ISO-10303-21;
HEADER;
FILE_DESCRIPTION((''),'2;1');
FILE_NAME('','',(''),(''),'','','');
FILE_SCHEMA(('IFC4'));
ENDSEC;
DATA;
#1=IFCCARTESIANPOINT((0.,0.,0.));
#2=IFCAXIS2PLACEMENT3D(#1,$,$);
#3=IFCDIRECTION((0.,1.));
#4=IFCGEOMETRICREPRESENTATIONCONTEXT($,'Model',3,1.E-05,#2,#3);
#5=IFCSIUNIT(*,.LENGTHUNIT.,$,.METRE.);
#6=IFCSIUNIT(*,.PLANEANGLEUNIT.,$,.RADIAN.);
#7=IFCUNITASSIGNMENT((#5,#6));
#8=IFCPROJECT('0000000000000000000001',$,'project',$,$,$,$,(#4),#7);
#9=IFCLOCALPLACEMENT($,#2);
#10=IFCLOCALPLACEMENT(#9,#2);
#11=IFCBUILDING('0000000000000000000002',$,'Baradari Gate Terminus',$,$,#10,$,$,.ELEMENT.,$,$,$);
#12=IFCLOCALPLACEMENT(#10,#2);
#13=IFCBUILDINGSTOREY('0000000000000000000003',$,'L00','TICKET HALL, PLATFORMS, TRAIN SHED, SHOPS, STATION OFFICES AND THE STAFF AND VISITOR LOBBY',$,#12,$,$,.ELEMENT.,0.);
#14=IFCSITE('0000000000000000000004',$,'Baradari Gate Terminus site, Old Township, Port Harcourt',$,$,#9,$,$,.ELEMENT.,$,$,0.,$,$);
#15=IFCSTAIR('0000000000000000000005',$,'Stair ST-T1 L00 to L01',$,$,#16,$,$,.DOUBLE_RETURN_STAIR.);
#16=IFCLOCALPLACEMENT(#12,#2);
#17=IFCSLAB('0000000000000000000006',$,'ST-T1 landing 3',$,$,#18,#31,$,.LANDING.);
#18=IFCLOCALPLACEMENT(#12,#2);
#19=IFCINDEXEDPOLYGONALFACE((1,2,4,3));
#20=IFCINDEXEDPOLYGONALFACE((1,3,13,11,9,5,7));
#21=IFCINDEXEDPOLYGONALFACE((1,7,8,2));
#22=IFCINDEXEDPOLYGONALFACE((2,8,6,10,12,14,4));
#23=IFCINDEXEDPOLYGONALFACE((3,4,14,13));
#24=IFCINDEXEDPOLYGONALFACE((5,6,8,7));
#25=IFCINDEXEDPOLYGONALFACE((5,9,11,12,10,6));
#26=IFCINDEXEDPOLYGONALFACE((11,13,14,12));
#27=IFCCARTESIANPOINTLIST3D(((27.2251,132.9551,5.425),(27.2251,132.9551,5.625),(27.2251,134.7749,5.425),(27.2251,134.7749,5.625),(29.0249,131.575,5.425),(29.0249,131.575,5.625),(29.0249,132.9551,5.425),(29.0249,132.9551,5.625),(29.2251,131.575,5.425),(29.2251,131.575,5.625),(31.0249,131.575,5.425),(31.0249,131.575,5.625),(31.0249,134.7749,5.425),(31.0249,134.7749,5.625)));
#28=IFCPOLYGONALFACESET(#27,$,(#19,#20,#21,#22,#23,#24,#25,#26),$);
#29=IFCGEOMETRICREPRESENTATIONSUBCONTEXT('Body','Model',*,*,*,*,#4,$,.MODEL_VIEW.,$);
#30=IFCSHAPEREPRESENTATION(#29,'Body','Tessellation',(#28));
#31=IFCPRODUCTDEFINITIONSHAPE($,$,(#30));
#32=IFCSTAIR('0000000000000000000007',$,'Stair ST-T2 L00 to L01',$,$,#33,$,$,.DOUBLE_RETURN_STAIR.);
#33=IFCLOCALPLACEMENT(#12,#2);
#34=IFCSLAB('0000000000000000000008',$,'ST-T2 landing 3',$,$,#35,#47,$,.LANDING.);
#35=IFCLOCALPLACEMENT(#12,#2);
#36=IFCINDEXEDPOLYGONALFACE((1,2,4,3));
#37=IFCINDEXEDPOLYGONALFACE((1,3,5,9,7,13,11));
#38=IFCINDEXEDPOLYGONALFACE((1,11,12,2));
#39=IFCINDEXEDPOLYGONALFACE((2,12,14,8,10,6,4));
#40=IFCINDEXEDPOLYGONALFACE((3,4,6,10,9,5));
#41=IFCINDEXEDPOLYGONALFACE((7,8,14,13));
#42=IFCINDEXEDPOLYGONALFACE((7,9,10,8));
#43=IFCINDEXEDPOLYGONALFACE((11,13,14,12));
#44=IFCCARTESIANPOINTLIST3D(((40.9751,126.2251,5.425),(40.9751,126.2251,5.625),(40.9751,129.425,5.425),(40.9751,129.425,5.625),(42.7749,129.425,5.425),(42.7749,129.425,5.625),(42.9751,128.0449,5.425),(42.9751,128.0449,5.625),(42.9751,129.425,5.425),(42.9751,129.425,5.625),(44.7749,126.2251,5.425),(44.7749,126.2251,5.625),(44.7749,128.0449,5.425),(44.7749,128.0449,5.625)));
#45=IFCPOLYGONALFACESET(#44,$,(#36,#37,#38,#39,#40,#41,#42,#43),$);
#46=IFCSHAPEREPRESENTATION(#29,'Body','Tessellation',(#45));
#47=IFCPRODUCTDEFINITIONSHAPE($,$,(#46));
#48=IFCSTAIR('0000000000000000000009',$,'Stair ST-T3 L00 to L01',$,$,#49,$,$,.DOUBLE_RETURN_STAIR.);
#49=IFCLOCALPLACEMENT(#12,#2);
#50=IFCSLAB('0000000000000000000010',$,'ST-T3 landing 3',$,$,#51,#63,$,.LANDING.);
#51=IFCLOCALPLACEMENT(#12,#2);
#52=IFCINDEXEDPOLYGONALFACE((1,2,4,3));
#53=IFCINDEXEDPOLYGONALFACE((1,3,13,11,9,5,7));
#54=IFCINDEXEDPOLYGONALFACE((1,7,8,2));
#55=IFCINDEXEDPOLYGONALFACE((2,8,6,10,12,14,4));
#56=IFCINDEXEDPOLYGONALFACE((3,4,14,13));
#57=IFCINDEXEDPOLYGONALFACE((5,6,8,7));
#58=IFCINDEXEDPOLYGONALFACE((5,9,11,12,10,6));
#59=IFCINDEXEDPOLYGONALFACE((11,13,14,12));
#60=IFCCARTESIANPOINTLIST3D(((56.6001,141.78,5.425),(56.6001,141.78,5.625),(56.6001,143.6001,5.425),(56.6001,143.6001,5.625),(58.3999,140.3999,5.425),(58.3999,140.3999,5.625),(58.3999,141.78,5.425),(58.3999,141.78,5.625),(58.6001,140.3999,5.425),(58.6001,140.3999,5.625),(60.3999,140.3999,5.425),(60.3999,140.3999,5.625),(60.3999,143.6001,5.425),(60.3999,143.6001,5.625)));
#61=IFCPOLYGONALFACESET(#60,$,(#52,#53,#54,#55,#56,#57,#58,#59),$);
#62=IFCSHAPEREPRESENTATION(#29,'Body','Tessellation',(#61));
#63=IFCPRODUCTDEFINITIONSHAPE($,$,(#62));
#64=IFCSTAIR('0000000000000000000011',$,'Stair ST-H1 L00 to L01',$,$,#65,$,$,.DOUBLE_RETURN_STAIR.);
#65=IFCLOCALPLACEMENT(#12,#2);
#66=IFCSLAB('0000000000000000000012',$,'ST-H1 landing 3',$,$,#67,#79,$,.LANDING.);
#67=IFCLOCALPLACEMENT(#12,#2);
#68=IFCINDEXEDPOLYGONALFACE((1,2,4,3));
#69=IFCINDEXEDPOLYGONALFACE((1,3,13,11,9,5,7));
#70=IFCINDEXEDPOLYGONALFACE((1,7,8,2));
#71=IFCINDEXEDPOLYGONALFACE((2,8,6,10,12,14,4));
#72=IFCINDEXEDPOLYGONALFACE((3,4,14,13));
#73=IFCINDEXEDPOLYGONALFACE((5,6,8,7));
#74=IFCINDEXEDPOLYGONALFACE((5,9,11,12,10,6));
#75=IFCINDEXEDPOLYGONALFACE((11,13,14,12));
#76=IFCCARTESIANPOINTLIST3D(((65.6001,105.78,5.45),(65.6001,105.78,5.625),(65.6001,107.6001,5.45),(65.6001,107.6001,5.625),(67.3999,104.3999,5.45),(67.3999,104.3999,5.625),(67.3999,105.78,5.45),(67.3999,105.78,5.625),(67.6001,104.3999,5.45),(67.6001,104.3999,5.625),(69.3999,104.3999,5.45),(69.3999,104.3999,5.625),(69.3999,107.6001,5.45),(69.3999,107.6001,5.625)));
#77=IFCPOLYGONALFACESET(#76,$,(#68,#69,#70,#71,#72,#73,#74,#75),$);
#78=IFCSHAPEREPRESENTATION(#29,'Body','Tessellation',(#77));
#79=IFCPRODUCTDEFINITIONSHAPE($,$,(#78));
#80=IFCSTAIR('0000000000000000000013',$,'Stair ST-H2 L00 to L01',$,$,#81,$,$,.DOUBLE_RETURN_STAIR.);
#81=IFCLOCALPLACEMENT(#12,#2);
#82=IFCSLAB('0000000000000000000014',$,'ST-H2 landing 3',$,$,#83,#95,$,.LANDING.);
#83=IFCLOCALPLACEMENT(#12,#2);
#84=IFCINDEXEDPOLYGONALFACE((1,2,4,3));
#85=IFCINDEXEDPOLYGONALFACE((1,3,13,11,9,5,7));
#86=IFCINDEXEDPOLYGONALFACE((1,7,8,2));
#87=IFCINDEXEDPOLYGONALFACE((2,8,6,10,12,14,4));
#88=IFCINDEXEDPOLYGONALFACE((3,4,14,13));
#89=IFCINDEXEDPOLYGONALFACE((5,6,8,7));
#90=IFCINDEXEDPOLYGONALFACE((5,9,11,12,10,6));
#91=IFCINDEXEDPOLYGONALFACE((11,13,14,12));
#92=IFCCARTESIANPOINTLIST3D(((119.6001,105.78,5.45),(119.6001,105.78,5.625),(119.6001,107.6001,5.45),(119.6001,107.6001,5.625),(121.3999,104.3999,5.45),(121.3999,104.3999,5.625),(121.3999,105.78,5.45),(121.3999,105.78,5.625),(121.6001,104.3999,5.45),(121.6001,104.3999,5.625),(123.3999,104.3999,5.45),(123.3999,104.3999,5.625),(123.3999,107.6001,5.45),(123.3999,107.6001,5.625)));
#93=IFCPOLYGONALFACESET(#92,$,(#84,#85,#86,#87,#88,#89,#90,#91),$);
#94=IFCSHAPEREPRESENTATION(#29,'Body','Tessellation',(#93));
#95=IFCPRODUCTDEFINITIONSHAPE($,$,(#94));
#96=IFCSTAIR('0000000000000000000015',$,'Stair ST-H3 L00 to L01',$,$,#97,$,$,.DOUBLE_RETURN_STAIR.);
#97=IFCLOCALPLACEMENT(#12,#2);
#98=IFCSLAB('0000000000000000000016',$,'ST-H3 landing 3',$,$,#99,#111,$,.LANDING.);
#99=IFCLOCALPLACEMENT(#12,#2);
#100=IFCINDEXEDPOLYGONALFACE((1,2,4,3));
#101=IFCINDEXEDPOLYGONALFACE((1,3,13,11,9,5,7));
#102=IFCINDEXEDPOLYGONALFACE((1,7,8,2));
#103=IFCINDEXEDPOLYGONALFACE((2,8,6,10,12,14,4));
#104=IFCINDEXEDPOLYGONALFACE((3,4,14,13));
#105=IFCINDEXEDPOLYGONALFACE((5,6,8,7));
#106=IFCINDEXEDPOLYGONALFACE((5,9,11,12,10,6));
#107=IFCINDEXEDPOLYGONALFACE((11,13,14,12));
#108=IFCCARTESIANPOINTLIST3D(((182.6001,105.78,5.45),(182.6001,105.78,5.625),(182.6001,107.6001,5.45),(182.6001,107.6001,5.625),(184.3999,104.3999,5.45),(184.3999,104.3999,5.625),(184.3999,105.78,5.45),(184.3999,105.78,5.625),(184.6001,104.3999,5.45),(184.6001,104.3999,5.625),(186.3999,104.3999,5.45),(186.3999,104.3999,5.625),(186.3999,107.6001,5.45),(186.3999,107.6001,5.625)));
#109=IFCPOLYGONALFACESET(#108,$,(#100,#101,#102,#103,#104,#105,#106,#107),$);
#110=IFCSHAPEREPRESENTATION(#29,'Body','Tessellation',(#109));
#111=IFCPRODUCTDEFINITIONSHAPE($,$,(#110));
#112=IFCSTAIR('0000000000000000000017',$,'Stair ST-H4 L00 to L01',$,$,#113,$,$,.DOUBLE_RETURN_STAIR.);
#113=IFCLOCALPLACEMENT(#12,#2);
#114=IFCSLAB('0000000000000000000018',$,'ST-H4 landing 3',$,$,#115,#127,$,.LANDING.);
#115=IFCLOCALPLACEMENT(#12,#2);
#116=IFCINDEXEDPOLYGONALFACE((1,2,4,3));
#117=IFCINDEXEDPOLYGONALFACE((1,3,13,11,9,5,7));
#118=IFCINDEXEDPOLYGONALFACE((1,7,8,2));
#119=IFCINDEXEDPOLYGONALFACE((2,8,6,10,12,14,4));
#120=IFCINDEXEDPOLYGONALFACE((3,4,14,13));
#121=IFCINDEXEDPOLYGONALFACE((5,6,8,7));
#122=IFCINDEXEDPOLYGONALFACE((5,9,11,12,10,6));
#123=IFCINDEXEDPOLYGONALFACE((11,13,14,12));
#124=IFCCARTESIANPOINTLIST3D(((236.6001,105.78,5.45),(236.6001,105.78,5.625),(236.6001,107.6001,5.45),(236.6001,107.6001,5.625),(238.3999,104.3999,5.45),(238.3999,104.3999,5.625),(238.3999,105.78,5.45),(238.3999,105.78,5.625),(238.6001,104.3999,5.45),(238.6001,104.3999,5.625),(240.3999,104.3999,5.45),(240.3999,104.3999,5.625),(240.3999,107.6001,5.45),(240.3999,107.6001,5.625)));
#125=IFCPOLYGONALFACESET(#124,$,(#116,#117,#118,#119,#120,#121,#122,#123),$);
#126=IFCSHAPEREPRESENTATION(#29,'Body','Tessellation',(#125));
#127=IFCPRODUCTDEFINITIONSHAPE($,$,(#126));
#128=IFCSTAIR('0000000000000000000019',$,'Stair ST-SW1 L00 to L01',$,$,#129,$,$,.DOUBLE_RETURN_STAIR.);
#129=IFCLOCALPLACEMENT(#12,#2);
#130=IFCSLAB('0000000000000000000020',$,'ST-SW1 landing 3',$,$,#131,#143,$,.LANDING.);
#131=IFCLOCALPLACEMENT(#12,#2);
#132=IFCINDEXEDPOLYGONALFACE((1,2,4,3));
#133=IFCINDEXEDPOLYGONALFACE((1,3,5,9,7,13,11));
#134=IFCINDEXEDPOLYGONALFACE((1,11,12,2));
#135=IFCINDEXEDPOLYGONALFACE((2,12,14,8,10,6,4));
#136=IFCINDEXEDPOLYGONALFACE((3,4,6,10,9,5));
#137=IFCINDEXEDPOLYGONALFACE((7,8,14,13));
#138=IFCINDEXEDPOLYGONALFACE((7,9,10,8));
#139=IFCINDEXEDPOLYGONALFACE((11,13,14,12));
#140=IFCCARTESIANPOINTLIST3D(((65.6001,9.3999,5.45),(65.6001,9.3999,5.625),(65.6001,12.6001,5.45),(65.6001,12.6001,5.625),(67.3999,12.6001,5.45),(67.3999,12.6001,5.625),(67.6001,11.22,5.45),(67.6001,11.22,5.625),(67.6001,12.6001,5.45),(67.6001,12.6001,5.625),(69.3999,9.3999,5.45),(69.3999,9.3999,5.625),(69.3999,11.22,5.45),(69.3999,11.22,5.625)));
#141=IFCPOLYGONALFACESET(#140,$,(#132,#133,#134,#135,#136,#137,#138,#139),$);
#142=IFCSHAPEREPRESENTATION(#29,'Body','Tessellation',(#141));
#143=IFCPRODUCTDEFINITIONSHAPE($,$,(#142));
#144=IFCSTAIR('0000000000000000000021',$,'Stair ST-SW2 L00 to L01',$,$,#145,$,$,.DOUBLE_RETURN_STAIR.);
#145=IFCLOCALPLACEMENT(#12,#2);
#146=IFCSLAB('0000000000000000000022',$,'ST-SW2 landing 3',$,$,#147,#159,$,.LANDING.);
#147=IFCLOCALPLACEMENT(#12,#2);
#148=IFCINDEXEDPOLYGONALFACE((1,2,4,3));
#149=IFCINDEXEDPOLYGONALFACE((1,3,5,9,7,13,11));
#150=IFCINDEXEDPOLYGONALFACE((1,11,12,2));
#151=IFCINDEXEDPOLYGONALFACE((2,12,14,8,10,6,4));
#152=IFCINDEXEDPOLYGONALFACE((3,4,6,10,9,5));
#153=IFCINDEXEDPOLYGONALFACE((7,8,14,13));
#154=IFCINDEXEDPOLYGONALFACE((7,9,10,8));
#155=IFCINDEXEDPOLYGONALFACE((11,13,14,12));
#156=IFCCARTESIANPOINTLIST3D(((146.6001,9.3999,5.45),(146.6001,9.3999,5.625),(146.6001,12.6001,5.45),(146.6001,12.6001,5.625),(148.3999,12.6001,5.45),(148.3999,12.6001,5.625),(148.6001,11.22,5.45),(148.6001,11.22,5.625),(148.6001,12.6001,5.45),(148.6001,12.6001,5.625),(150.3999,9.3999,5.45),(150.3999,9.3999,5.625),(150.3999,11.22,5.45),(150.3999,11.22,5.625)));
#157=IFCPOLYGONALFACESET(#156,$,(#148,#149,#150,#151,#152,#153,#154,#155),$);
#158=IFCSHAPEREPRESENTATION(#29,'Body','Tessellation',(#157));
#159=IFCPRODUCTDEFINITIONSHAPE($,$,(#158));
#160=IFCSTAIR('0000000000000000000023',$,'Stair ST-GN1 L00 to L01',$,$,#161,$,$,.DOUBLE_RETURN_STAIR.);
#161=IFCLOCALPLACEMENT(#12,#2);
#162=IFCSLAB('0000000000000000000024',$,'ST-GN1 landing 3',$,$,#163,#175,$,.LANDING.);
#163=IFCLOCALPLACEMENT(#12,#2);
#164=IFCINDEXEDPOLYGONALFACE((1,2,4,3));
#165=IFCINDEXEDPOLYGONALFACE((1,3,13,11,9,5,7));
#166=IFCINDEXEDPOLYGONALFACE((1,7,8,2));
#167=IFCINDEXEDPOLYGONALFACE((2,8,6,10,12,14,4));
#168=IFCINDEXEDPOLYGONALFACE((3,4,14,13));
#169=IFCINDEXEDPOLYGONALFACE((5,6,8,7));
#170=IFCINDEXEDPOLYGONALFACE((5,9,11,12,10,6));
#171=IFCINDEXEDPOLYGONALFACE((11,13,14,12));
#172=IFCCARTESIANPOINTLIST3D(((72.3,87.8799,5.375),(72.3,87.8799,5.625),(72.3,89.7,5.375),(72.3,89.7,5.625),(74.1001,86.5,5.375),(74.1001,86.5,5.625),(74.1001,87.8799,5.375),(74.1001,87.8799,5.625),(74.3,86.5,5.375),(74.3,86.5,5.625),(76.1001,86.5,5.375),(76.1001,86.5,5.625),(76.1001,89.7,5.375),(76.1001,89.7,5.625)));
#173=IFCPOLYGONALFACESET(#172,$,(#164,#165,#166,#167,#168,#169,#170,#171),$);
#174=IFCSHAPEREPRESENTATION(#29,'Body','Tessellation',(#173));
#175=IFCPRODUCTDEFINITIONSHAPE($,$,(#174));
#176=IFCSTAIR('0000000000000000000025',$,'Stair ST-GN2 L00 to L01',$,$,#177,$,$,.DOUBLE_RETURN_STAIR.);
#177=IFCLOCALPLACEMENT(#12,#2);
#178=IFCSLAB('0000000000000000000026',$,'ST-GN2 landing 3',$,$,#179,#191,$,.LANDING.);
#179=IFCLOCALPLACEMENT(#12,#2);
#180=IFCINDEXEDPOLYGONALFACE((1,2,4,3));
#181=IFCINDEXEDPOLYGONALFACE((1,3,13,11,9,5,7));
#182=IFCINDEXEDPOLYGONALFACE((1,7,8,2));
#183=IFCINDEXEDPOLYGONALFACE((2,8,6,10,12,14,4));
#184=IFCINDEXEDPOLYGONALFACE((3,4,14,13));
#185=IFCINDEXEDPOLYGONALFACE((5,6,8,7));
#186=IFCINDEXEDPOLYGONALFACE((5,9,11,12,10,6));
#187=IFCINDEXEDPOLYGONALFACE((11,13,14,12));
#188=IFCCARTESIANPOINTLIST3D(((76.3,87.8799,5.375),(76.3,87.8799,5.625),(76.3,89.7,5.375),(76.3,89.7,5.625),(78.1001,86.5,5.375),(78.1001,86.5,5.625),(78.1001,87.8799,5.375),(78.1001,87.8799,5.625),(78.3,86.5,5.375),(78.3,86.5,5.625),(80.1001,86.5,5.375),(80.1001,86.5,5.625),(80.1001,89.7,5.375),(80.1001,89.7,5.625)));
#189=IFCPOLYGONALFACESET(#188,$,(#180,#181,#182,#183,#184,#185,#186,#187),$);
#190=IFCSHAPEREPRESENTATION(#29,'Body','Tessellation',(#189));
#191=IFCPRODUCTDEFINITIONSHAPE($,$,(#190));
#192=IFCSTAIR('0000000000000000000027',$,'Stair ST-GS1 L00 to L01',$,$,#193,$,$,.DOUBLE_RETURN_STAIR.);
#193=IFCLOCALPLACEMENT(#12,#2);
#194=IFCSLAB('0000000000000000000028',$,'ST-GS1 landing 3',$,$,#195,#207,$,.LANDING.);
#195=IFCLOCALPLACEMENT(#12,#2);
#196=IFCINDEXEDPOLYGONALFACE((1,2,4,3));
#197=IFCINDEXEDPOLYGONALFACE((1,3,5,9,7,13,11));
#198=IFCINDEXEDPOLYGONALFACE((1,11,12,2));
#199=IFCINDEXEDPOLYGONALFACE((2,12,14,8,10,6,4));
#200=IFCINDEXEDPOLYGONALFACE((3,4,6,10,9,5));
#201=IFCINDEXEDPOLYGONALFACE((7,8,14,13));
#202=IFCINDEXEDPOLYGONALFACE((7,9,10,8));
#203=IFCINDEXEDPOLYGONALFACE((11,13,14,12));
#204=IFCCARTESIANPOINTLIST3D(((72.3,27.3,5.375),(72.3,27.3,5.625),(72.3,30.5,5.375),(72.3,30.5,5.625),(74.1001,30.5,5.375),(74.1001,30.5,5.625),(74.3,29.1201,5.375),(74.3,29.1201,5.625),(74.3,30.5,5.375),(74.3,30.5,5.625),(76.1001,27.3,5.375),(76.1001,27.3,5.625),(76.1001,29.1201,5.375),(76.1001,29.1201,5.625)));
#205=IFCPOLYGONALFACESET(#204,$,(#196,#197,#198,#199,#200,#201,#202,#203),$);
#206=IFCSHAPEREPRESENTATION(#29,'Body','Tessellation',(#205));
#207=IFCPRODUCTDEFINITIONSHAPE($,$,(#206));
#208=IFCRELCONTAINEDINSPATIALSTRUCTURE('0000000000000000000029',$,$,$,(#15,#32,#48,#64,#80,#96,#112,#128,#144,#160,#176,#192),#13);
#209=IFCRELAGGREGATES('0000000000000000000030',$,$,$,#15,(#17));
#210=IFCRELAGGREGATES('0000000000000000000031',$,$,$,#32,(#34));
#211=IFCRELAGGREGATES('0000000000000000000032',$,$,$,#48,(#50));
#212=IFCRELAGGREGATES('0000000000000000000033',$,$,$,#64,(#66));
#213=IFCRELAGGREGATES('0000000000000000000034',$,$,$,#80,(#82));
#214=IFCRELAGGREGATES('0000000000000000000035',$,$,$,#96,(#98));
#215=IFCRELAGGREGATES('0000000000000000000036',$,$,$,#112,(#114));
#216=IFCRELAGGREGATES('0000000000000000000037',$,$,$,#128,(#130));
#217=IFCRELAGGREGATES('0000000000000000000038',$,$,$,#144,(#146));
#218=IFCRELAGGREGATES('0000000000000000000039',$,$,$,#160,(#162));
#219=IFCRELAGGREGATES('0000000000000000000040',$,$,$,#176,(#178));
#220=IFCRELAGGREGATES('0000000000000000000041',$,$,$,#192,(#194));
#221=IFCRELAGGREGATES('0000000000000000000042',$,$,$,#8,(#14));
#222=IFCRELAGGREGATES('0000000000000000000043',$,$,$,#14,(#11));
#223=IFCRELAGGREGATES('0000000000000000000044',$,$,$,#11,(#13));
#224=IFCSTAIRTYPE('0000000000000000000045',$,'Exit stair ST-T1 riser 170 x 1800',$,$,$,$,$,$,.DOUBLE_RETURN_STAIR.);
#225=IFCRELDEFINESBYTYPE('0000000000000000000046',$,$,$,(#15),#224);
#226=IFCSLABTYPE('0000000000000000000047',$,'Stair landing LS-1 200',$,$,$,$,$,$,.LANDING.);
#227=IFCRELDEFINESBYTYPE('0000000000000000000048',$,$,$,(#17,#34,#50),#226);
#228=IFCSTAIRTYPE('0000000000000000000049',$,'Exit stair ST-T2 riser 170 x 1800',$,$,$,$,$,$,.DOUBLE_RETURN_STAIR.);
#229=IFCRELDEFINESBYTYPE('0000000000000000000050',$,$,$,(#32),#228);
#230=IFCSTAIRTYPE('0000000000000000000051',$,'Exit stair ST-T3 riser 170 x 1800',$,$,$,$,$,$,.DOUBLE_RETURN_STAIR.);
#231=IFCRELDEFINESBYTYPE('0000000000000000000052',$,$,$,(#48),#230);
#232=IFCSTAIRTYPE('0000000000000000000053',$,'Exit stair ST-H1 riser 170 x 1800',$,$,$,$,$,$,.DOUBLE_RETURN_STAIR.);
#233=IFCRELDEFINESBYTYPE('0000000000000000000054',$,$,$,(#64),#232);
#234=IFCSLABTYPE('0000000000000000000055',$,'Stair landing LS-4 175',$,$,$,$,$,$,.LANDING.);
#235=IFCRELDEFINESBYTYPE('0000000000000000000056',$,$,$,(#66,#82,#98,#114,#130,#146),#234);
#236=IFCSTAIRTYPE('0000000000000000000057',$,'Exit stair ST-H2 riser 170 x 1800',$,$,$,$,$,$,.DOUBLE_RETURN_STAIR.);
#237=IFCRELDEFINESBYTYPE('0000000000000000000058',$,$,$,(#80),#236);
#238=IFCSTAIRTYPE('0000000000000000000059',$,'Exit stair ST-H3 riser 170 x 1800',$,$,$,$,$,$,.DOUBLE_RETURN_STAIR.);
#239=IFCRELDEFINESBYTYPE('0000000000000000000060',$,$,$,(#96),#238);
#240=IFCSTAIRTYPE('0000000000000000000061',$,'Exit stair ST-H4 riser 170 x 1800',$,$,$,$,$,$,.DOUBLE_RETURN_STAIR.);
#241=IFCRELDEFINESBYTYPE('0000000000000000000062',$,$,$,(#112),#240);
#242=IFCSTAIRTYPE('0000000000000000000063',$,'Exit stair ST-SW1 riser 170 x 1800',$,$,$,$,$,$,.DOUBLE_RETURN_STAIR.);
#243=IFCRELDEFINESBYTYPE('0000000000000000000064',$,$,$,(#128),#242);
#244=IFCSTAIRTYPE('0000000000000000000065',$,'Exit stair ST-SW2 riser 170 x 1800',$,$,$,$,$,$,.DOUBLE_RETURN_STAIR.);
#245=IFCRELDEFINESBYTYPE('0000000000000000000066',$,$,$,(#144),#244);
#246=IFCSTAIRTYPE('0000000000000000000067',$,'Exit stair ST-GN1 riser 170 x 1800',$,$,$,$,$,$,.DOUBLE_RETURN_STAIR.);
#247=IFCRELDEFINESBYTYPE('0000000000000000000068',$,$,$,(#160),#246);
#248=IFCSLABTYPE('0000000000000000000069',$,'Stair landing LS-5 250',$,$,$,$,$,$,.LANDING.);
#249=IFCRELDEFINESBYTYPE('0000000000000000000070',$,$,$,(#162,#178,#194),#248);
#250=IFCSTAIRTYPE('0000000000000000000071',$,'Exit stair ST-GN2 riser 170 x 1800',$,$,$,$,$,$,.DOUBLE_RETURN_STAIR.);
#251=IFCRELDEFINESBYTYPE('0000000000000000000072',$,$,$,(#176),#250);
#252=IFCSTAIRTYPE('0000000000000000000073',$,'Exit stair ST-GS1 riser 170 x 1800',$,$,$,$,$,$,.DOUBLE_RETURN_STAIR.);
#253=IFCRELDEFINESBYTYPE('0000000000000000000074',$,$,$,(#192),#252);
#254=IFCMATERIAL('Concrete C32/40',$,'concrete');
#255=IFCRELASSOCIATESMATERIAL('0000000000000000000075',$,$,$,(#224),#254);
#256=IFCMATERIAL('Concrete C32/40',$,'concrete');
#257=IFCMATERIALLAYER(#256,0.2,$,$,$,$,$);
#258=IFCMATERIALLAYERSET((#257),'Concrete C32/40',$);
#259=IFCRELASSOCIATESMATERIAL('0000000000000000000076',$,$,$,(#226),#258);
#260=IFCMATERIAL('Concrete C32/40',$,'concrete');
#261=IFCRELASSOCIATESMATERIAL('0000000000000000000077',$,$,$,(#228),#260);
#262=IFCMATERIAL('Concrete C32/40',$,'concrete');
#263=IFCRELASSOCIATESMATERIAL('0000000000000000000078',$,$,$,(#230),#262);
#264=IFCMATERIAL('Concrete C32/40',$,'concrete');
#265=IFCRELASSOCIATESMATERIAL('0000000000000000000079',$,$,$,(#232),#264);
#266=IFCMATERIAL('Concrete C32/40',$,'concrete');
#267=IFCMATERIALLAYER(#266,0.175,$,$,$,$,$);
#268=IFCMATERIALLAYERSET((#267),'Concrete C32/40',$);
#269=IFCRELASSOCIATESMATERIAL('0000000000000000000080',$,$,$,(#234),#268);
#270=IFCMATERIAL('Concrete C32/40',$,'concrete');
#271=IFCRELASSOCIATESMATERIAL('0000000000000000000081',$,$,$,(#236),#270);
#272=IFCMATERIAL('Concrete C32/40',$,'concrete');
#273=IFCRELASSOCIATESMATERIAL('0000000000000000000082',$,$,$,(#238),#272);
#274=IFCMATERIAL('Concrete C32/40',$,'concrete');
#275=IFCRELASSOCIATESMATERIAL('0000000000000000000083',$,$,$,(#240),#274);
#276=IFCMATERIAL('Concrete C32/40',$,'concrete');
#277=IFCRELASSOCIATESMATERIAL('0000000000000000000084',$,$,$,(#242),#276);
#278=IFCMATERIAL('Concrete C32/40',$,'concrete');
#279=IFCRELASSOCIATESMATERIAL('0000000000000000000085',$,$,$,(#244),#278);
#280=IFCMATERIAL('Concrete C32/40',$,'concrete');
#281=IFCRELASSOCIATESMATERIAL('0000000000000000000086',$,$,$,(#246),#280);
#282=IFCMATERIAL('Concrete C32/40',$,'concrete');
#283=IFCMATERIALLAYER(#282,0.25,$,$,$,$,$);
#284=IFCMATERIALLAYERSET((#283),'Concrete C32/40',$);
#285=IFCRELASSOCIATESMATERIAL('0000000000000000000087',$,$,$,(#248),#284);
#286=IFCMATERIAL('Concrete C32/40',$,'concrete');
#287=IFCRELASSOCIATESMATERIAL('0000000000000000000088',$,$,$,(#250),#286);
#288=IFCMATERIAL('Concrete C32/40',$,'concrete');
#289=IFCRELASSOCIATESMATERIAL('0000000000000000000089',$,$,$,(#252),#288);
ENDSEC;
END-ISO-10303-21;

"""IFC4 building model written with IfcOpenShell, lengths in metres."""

from ifc_helpers import new_model, si_unit, direction, frame, origin, place, context, subcontext, project, spatial, polyline, outline, extrude, material, layer, layer_set, type_object, element, aggregate, save


model = new_model("IFC4")

# Units and contexts
model_context = context("Model", 3, precision=1e-05, world=origin(), true_north=direction((0.0, 1.0)))
body_context = subcontext(model_context, "Body", "Model", "MODEL_VIEW")
ifc_project = project(units=[si_unit("LENGTHUNIT", "METRE"), si_unit("PLANEANGLEUNIT", "RADIAN")], contexts=[model_context])

# Site, building, storey
site_placement = place(None, origin())
site = spatial("IfcSite", under=ifc_project, at=site_placement, Name="Baradari Gate Terminus site, Old Township, Port Harcourt", CompositionType="ELEMENT", RefElevation=0.0)
building_placement = place(site_placement, origin())
building = spatial("IfcBuilding", under=site, at=building_placement, Name="Baradari Gate Terminus", CompositionType="ELEMENT")
storey_placement = place(building_placement, origin())
storey = spatial("IfcBuildingStorey", under=building, at=storey_placement, Name="L00", Description="TICKET HALL, PLATFORMS, TRAIN SHED, SHOPS, STATION OFFICES AND THE STAFF AND VISITOR LOBBY", CompositionType="ELEMENT", Elevation=0.0)

# Stairs, slabs
ifc_material_1 = material(Name="Concrete C32/40", Category="concrete")
stair_type_1 = type_object("IfcStairType", Name="Exit stair ST-T1 riser 170 x 1800", PredefinedType="DOUBLE_RETURN_STAIR", material=ifc_material_1)
stair_1_placement = place(storey_placement, origin())
stair_1 = element("IfcStair", 1, at=stair_1_placement, inside=storey, type_object=stair_type_1, Name="Stair ST-T1 L00 to L01", PredefinedType="DOUBLE_RETURN_STAIR")
ifc_material_2 = material(Name="Concrete C32/40", Category="concrete")
ifc_layer_1 = layer(ifc_material_2, 0.2)
ifc_layer_set_1 = layer_set([ifc_layer_1], Name="Concrete C32/40")
slab_type_1 = type_object("IfcSlabType", Name="Stair landing LS-1 200", PredefinedType="LANDING", material=ifc_layer_set_1)
slab_1_placement = place(storey_placement, frame((0.0, 0.0, 5.425)))
slab_1 = element("IfcSlab", 2, at=slab_1_placement, type_object=slab_type_1, Name="ST-T1 landing 3", PredefinedType="LANDING", context=body_context, shape_type="SweptSolid", body=[
    extrude(outline(polyline([(27.2251, 134.7749), (27.2251, 132.9551), (29.0249, 132.9551), (29.0249, 131.575), (29.2251, 131.575), (31.0249, 131.575), (31.0249, 134.7749), (27.2251, 134.7749)])), origin(), (0.0, 0.0, 1.0), 0.2),
])
aggregate(stair_1, [slab_1])
ifc_material_3 = material(Name="Concrete C32/40", Category="concrete")
stair_type_2 = type_object("IfcStairType", Name="Exit stair ST-T2 riser 170 x 1800", PredefinedType="DOUBLE_RETURN_STAIR", material=ifc_material_3)
stair_2_placement = place(storey_placement, origin())
stair_2 = element("IfcStair", 3, at=stair_2_placement, inside=storey, type_object=stair_type_2, Name="Stair ST-T2 L00 to L01", PredefinedType="DOUBLE_RETURN_STAIR")
slab_2_placement = place(storey_placement, frame((0.0, 0.0, 5.425)))
slab_2 = element("IfcSlab", 4, at=slab_2_placement, type_object=slab_type_1, Name="ST-T2 landing 3", PredefinedType="LANDING", context=body_context, shape_type="SweptSolid", body=[
    extrude(outline(polyline([(44.7749, 126.2251), (44.7749, 128.0449), (42.9751, 128.0449), (42.9751, 129.425), (42.7749, 129.425), (40.9751, 129.425), (40.9751, 126.2251), (44.7749, 126.2251)])), origin(), (0.0, 0.0, 1.0), 0.2),
])
aggregate(stair_2, [slab_2])
ifc_material_4 = material(Name="Concrete C32/40", Category="concrete")
stair_type_3 = type_object("IfcStairType", Name="Exit stair ST-T3 riser 170 x 1800", PredefinedType="DOUBLE_RETURN_STAIR", material=ifc_material_4)
stair_3_placement = place(storey_placement, origin())
stair_3 = element("IfcStair", 5, at=stair_3_placement, inside=storey, type_object=stair_type_3, Name="Stair ST-T3 L00 to L01", PredefinedType="DOUBLE_RETURN_STAIR")
slab_3_placement = place(storey_placement, frame((0.0, 0.0, 5.425)))
slab_3 = element("IfcSlab", 6, at=slab_3_placement, type_object=slab_type_1, Name="ST-T3 landing 3", PredefinedType="LANDING", context=body_context, shape_type="SweptSolid", body=[
    extrude(outline(polyline([(56.6001, 143.6001), (56.6001, 141.78), (58.3999, 141.78), (58.3999, 140.3999), (58.6001, 140.3999), (60.3999, 140.3999), (60.3999, 143.6001), (56.6001, 143.6001)])), origin(), (0.0, 0.0, 1.0), 0.2),
])
aggregate(stair_3, [slab_3])
ifc_material_5 = material(Name="Concrete C32/40", Category="concrete")
stair_type_4 = type_object("IfcStairType", Name="Exit stair ST-H1 riser 170 x 1800", PredefinedType="DOUBLE_RETURN_STAIR", material=ifc_material_5)
stair_4_placement = place(storey_placement, origin())
stair_4 = element("IfcStair", 7, at=stair_4_placement, inside=storey, type_object=stair_type_4, Name="Stair ST-H1 L00 to L01", PredefinedType="DOUBLE_RETURN_STAIR")
ifc_material_6 = material(Name="Concrete C32/40", Category="concrete")
ifc_layer_2 = layer(ifc_material_6, 0.175)
ifc_layer_set_2 = layer_set([ifc_layer_2], Name="Concrete C32/40")
slab_type_2 = type_object("IfcSlabType", Name="Stair landing LS-4 175", PredefinedType="LANDING", material=ifc_layer_set_2)
slab_4_placement = place(storey_placement, frame((0.0, 0.0, 5.45)))
slab_4 = element("IfcSlab", 8, at=slab_4_placement, type_object=slab_type_2, Name="ST-H1 landing 3", PredefinedType="LANDING", context=body_context, shape_type="SweptSolid", body=[
    extrude(outline(polyline([(65.6001, 107.6001), (65.6001, 105.78), (67.3999, 105.78), (67.3999, 104.3999), (67.6001, 104.3999), (69.3999, 104.3999), (69.3999, 107.6001), (65.6001, 107.6001)])), origin(), (0.0, 0.0, 1.0), 0.175),
])
aggregate(stair_4, [slab_4])
ifc_material_7 = material(Name="Concrete C32/40", Category="concrete")
stair_type_5 = type_object("IfcStairType", Name="Exit stair ST-H2 riser 170 x 1800", PredefinedType="DOUBLE_RETURN_STAIR", material=ifc_material_7)
stair_5_placement = place(storey_placement, origin())
stair_5 = element("IfcStair", 9, at=stair_5_placement, inside=storey, type_object=stair_type_5, Name="Stair ST-H2 L00 to L01", PredefinedType="DOUBLE_RETURN_STAIR")
slab_5_placement = place(storey_placement, frame((0.0, 0.0, 5.45)))
slab_5 = element("IfcSlab", 10, at=slab_5_placement, type_object=slab_type_2, Name="ST-H2 landing 3", PredefinedType="LANDING", context=body_context, shape_type="SweptSolid", body=[
    extrude(outline(polyline([(119.6001, 107.6001), (119.6001, 105.78), (121.3999, 105.78), (121.3999, 104.3999), (121.6001, 104.3999), (123.3999, 104.3999), (123.3999, 107.6001), (119.6001, 107.6001)])), origin(), (0.0, 0.0, 1.0), 0.175),
])
aggregate(stair_5, [slab_5])
ifc_material_8 = material(Name="Concrete C32/40", Category="concrete")
stair_type_6 = type_object("IfcStairType", Name="Exit stair ST-H3 riser 170 x 1800", PredefinedType="DOUBLE_RETURN_STAIR", material=ifc_material_8)
stair_6_placement = place(storey_placement, origin())
stair_6 = element("IfcStair", 11, at=stair_6_placement, inside=storey, type_object=stair_type_6, Name="Stair ST-H3 L00 to L01", PredefinedType="DOUBLE_RETURN_STAIR")
slab_6_placement = place(storey_placement, frame((0.0, 0.0, 5.45)))
slab_6 = element("IfcSlab", 12, at=slab_6_placement, type_object=slab_type_2, Name="ST-H3 landing 3", PredefinedType="LANDING", context=body_context, shape_type="SweptSolid", body=[
    extrude(outline(polyline([(182.6001, 107.6001), (182.6001, 105.78), (184.3999, 105.78), (184.3999, 104.3999), (184.6001, 104.3999), (186.3999, 104.3999), (186.3999, 107.6001), (182.6001, 107.6001)])), origin(), (0.0, 0.0, 1.0), 0.175),
])
aggregate(stair_6, [slab_6])
ifc_material_9 = material(Name="Concrete C32/40", Category="concrete")
stair_type_7 = type_object("IfcStairType", Name="Exit stair ST-H4 riser 170 x 1800", PredefinedType="DOUBLE_RETURN_STAIR", material=ifc_material_9)
stair_7_placement = place(storey_placement, origin())
stair_7 = element("IfcStair", 13, at=stair_7_placement, inside=storey, type_object=stair_type_7, Name="Stair ST-H4 L00 to L01", PredefinedType="DOUBLE_RETURN_STAIR")
slab_7_placement = place(storey_placement, frame((0.0, 0.0, 5.45)))
slab_7 = element("IfcSlab", 14, at=slab_7_placement, type_object=slab_type_2, Name="ST-H4 landing 3", PredefinedType="LANDING", context=body_context, shape_type="SweptSolid", body=[
    extrude(outline(polyline([(236.6001, 107.6001), (236.6001, 105.78), (238.3999, 105.78), (238.3999, 104.3999), (238.6001, 104.3999), (240.3999, 104.3999), (240.3999, 107.6001), (236.6001, 107.6001)])), origin(), (0.0, 0.0, 1.0), 0.175),
])
aggregate(stair_7, [slab_7])
ifc_material_10 = material(Name="Concrete C32/40", Category="concrete")
stair_type_8 = type_object("IfcStairType", Name="Exit stair ST-SW1 riser 170 x 1800", PredefinedType="DOUBLE_RETURN_STAIR", material=ifc_material_10)
stair_8_placement = place(storey_placement, origin())
stair_8 = element("IfcStair", 15, at=stair_8_placement, inside=storey, type_object=stair_type_8, Name="Stair ST-SW1 L00 to L01", PredefinedType="DOUBLE_RETURN_STAIR")
slab_8_placement = place(storey_placement, frame((0.0, 0.0, 5.45)))
slab_8 = element("IfcSlab", 16, at=slab_8_placement, type_object=slab_type_2, Name="ST-SW1 landing 3", PredefinedType="LANDING", context=body_context, shape_type="SweptSolid", body=[
    extrude(outline(polyline([(69.3999, 9.3999), (69.3999, 11.22), (67.6001, 11.22), (67.6001, 12.6001), (67.3999, 12.6001), (65.6001, 12.6001), (65.6001, 9.3999), (69.3999, 9.3999)])), origin(), (0.0, 0.0, 1.0), 0.175),
])
aggregate(stair_8, [slab_8])
ifc_material_11 = material(Name="Concrete C32/40", Category="concrete")
stair_type_9 = type_object("IfcStairType", Name="Exit stair ST-SW2 riser 170 x 1800", PredefinedType="DOUBLE_RETURN_STAIR", material=ifc_material_11)
stair_9_placement = place(storey_placement, origin())
stair_9 = element("IfcStair", 17, at=stair_9_placement, inside=storey, type_object=stair_type_9, Name="Stair ST-SW2 L00 to L01", PredefinedType="DOUBLE_RETURN_STAIR")
slab_9_placement = place(storey_placement, frame((0.0, 0.0, 5.45)))
slab_9 = element("IfcSlab", 18, at=slab_9_placement, type_object=slab_type_2, Name="ST-SW2 landing 3", PredefinedType="LANDING", context=body_context, shape_type="SweptSolid", body=[
    extrude(outline(polyline([(150.3999, 9.3999), (150.3999, 11.22), (148.6001, 11.22), (148.6001, 12.6001), (148.3999, 12.6001), (146.6001, 12.6001), (146.6001, 9.3999), (150.3999, 9.3999)])), origin(), (0.0, 0.0, 1.0), 0.175),
])
aggregate(stair_9, [slab_9])
ifc_material_12 = material(Name="Concrete C32/40", Category="concrete")
stair_type_10 = type_object("IfcStairType", Name="Exit stair ST-GN1 riser 170 x 1800", PredefinedType="DOUBLE_RETURN_STAIR", material=ifc_material_12)
stair_10_placement = place(storey_placement, origin())
stair_10 = element("IfcStair", 19, at=stair_10_placement, inside=storey, type_object=stair_type_10, Name="Stair ST-GN1 L00 to L01", PredefinedType="DOUBLE_RETURN_STAIR")
ifc_material_13 = material(Name="Concrete C32/40", Category="concrete")
ifc_layer_3 = layer(ifc_material_13, 0.25)
ifc_layer_set_3 = layer_set([ifc_layer_3], Name="Concrete C32/40")
slab_type_3 = type_object("IfcSlabType", Name="Stair landing LS-5 250", PredefinedType="LANDING", material=ifc_layer_set_3)
slab_10_placement = place(storey_placement, frame((0.0, 0.0, 5.375)))
slab_10 = element("IfcSlab", 20, at=slab_10_placement, type_object=slab_type_3, Name="ST-GN1 landing 3", PredefinedType="LANDING", context=body_context, shape_type="SweptSolid", body=[
    extrude(outline(polyline([(72.3, 89.7), (72.3, 87.8799), (74.1001, 87.8799), (74.1001, 86.5), (74.3, 86.5), (76.1001, 86.5), (76.1001, 89.7), (72.3, 89.7)])), origin(), (0.0, 0.0, 1.0), 0.25),
])
aggregate(stair_10, [slab_10])
ifc_material_14 = material(Name="Concrete C32/40", Category="concrete")
stair_type_11 = type_object("IfcStairType", Name="Exit stair ST-GN2 riser 170 x 1800", PredefinedType="DOUBLE_RETURN_STAIR", material=ifc_material_14)
stair_11_placement = place(storey_placement, origin())
stair_11 = element("IfcStair", 21, at=stair_11_placement, inside=storey, type_object=stair_type_11, Name="Stair ST-GN2 L00 to L01", PredefinedType="DOUBLE_RETURN_STAIR")
slab_11_placement = place(storey_placement, frame((0.0, 0.0, 5.375)))
slab_11 = element("IfcSlab", 22, at=slab_11_placement, type_object=slab_type_3, Name="ST-GN2 landing 3", PredefinedType="LANDING", context=body_context, shape_type="SweptSolid", body=[
    extrude(outline(polyline([(76.3, 89.7), (76.3, 87.8799), (78.1001, 87.8799), (78.1001, 86.5), (78.3, 86.5), (80.1001, 86.5), (80.1001, 89.7), (76.3, 89.7)])), origin(), (0.0, 0.0, 1.0), 0.25),
])
aggregate(stair_11, [slab_11])
ifc_material_15 = material(Name="Concrete C32/40", Category="concrete")
stair_type_12 = type_object("IfcStairType", Name="Exit stair ST-GS1 riser 170 x 1800", PredefinedType="DOUBLE_RETURN_STAIR", material=ifc_material_15)
stair_12_placement = place(storey_placement, origin())
stair_12 = element("IfcStair", 23, at=stair_12_placement, inside=storey, type_object=stair_type_12, Name="Stair ST-GS1 L00 to L01", PredefinedType="DOUBLE_RETURN_STAIR")
slab_12_placement = place(storey_placement, frame((0.0, 0.0, 5.375)))
slab_12 = element("IfcSlab", 24, at=slab_12_placement, type_object=slab_type_3, Name="ST-GS1 landing 3", PredefinedType="LANDING", context=body_context, shape_type="SweptSolid", body=[
    extrude(outline(polyline([(76.1001, 27.3), (76.1001, 29.1201), (74.3, 29.1201), (74.3, 30.5), (74.1001, 30.5), (72.3, 30.5), (72.3, 27.3), (76.1001, 27.3)])), origin(), (0.0, 0.0, 1.0), 0.25),
])
aggregate(stair_12, [slab_12])

save(model, "model.ifc")
